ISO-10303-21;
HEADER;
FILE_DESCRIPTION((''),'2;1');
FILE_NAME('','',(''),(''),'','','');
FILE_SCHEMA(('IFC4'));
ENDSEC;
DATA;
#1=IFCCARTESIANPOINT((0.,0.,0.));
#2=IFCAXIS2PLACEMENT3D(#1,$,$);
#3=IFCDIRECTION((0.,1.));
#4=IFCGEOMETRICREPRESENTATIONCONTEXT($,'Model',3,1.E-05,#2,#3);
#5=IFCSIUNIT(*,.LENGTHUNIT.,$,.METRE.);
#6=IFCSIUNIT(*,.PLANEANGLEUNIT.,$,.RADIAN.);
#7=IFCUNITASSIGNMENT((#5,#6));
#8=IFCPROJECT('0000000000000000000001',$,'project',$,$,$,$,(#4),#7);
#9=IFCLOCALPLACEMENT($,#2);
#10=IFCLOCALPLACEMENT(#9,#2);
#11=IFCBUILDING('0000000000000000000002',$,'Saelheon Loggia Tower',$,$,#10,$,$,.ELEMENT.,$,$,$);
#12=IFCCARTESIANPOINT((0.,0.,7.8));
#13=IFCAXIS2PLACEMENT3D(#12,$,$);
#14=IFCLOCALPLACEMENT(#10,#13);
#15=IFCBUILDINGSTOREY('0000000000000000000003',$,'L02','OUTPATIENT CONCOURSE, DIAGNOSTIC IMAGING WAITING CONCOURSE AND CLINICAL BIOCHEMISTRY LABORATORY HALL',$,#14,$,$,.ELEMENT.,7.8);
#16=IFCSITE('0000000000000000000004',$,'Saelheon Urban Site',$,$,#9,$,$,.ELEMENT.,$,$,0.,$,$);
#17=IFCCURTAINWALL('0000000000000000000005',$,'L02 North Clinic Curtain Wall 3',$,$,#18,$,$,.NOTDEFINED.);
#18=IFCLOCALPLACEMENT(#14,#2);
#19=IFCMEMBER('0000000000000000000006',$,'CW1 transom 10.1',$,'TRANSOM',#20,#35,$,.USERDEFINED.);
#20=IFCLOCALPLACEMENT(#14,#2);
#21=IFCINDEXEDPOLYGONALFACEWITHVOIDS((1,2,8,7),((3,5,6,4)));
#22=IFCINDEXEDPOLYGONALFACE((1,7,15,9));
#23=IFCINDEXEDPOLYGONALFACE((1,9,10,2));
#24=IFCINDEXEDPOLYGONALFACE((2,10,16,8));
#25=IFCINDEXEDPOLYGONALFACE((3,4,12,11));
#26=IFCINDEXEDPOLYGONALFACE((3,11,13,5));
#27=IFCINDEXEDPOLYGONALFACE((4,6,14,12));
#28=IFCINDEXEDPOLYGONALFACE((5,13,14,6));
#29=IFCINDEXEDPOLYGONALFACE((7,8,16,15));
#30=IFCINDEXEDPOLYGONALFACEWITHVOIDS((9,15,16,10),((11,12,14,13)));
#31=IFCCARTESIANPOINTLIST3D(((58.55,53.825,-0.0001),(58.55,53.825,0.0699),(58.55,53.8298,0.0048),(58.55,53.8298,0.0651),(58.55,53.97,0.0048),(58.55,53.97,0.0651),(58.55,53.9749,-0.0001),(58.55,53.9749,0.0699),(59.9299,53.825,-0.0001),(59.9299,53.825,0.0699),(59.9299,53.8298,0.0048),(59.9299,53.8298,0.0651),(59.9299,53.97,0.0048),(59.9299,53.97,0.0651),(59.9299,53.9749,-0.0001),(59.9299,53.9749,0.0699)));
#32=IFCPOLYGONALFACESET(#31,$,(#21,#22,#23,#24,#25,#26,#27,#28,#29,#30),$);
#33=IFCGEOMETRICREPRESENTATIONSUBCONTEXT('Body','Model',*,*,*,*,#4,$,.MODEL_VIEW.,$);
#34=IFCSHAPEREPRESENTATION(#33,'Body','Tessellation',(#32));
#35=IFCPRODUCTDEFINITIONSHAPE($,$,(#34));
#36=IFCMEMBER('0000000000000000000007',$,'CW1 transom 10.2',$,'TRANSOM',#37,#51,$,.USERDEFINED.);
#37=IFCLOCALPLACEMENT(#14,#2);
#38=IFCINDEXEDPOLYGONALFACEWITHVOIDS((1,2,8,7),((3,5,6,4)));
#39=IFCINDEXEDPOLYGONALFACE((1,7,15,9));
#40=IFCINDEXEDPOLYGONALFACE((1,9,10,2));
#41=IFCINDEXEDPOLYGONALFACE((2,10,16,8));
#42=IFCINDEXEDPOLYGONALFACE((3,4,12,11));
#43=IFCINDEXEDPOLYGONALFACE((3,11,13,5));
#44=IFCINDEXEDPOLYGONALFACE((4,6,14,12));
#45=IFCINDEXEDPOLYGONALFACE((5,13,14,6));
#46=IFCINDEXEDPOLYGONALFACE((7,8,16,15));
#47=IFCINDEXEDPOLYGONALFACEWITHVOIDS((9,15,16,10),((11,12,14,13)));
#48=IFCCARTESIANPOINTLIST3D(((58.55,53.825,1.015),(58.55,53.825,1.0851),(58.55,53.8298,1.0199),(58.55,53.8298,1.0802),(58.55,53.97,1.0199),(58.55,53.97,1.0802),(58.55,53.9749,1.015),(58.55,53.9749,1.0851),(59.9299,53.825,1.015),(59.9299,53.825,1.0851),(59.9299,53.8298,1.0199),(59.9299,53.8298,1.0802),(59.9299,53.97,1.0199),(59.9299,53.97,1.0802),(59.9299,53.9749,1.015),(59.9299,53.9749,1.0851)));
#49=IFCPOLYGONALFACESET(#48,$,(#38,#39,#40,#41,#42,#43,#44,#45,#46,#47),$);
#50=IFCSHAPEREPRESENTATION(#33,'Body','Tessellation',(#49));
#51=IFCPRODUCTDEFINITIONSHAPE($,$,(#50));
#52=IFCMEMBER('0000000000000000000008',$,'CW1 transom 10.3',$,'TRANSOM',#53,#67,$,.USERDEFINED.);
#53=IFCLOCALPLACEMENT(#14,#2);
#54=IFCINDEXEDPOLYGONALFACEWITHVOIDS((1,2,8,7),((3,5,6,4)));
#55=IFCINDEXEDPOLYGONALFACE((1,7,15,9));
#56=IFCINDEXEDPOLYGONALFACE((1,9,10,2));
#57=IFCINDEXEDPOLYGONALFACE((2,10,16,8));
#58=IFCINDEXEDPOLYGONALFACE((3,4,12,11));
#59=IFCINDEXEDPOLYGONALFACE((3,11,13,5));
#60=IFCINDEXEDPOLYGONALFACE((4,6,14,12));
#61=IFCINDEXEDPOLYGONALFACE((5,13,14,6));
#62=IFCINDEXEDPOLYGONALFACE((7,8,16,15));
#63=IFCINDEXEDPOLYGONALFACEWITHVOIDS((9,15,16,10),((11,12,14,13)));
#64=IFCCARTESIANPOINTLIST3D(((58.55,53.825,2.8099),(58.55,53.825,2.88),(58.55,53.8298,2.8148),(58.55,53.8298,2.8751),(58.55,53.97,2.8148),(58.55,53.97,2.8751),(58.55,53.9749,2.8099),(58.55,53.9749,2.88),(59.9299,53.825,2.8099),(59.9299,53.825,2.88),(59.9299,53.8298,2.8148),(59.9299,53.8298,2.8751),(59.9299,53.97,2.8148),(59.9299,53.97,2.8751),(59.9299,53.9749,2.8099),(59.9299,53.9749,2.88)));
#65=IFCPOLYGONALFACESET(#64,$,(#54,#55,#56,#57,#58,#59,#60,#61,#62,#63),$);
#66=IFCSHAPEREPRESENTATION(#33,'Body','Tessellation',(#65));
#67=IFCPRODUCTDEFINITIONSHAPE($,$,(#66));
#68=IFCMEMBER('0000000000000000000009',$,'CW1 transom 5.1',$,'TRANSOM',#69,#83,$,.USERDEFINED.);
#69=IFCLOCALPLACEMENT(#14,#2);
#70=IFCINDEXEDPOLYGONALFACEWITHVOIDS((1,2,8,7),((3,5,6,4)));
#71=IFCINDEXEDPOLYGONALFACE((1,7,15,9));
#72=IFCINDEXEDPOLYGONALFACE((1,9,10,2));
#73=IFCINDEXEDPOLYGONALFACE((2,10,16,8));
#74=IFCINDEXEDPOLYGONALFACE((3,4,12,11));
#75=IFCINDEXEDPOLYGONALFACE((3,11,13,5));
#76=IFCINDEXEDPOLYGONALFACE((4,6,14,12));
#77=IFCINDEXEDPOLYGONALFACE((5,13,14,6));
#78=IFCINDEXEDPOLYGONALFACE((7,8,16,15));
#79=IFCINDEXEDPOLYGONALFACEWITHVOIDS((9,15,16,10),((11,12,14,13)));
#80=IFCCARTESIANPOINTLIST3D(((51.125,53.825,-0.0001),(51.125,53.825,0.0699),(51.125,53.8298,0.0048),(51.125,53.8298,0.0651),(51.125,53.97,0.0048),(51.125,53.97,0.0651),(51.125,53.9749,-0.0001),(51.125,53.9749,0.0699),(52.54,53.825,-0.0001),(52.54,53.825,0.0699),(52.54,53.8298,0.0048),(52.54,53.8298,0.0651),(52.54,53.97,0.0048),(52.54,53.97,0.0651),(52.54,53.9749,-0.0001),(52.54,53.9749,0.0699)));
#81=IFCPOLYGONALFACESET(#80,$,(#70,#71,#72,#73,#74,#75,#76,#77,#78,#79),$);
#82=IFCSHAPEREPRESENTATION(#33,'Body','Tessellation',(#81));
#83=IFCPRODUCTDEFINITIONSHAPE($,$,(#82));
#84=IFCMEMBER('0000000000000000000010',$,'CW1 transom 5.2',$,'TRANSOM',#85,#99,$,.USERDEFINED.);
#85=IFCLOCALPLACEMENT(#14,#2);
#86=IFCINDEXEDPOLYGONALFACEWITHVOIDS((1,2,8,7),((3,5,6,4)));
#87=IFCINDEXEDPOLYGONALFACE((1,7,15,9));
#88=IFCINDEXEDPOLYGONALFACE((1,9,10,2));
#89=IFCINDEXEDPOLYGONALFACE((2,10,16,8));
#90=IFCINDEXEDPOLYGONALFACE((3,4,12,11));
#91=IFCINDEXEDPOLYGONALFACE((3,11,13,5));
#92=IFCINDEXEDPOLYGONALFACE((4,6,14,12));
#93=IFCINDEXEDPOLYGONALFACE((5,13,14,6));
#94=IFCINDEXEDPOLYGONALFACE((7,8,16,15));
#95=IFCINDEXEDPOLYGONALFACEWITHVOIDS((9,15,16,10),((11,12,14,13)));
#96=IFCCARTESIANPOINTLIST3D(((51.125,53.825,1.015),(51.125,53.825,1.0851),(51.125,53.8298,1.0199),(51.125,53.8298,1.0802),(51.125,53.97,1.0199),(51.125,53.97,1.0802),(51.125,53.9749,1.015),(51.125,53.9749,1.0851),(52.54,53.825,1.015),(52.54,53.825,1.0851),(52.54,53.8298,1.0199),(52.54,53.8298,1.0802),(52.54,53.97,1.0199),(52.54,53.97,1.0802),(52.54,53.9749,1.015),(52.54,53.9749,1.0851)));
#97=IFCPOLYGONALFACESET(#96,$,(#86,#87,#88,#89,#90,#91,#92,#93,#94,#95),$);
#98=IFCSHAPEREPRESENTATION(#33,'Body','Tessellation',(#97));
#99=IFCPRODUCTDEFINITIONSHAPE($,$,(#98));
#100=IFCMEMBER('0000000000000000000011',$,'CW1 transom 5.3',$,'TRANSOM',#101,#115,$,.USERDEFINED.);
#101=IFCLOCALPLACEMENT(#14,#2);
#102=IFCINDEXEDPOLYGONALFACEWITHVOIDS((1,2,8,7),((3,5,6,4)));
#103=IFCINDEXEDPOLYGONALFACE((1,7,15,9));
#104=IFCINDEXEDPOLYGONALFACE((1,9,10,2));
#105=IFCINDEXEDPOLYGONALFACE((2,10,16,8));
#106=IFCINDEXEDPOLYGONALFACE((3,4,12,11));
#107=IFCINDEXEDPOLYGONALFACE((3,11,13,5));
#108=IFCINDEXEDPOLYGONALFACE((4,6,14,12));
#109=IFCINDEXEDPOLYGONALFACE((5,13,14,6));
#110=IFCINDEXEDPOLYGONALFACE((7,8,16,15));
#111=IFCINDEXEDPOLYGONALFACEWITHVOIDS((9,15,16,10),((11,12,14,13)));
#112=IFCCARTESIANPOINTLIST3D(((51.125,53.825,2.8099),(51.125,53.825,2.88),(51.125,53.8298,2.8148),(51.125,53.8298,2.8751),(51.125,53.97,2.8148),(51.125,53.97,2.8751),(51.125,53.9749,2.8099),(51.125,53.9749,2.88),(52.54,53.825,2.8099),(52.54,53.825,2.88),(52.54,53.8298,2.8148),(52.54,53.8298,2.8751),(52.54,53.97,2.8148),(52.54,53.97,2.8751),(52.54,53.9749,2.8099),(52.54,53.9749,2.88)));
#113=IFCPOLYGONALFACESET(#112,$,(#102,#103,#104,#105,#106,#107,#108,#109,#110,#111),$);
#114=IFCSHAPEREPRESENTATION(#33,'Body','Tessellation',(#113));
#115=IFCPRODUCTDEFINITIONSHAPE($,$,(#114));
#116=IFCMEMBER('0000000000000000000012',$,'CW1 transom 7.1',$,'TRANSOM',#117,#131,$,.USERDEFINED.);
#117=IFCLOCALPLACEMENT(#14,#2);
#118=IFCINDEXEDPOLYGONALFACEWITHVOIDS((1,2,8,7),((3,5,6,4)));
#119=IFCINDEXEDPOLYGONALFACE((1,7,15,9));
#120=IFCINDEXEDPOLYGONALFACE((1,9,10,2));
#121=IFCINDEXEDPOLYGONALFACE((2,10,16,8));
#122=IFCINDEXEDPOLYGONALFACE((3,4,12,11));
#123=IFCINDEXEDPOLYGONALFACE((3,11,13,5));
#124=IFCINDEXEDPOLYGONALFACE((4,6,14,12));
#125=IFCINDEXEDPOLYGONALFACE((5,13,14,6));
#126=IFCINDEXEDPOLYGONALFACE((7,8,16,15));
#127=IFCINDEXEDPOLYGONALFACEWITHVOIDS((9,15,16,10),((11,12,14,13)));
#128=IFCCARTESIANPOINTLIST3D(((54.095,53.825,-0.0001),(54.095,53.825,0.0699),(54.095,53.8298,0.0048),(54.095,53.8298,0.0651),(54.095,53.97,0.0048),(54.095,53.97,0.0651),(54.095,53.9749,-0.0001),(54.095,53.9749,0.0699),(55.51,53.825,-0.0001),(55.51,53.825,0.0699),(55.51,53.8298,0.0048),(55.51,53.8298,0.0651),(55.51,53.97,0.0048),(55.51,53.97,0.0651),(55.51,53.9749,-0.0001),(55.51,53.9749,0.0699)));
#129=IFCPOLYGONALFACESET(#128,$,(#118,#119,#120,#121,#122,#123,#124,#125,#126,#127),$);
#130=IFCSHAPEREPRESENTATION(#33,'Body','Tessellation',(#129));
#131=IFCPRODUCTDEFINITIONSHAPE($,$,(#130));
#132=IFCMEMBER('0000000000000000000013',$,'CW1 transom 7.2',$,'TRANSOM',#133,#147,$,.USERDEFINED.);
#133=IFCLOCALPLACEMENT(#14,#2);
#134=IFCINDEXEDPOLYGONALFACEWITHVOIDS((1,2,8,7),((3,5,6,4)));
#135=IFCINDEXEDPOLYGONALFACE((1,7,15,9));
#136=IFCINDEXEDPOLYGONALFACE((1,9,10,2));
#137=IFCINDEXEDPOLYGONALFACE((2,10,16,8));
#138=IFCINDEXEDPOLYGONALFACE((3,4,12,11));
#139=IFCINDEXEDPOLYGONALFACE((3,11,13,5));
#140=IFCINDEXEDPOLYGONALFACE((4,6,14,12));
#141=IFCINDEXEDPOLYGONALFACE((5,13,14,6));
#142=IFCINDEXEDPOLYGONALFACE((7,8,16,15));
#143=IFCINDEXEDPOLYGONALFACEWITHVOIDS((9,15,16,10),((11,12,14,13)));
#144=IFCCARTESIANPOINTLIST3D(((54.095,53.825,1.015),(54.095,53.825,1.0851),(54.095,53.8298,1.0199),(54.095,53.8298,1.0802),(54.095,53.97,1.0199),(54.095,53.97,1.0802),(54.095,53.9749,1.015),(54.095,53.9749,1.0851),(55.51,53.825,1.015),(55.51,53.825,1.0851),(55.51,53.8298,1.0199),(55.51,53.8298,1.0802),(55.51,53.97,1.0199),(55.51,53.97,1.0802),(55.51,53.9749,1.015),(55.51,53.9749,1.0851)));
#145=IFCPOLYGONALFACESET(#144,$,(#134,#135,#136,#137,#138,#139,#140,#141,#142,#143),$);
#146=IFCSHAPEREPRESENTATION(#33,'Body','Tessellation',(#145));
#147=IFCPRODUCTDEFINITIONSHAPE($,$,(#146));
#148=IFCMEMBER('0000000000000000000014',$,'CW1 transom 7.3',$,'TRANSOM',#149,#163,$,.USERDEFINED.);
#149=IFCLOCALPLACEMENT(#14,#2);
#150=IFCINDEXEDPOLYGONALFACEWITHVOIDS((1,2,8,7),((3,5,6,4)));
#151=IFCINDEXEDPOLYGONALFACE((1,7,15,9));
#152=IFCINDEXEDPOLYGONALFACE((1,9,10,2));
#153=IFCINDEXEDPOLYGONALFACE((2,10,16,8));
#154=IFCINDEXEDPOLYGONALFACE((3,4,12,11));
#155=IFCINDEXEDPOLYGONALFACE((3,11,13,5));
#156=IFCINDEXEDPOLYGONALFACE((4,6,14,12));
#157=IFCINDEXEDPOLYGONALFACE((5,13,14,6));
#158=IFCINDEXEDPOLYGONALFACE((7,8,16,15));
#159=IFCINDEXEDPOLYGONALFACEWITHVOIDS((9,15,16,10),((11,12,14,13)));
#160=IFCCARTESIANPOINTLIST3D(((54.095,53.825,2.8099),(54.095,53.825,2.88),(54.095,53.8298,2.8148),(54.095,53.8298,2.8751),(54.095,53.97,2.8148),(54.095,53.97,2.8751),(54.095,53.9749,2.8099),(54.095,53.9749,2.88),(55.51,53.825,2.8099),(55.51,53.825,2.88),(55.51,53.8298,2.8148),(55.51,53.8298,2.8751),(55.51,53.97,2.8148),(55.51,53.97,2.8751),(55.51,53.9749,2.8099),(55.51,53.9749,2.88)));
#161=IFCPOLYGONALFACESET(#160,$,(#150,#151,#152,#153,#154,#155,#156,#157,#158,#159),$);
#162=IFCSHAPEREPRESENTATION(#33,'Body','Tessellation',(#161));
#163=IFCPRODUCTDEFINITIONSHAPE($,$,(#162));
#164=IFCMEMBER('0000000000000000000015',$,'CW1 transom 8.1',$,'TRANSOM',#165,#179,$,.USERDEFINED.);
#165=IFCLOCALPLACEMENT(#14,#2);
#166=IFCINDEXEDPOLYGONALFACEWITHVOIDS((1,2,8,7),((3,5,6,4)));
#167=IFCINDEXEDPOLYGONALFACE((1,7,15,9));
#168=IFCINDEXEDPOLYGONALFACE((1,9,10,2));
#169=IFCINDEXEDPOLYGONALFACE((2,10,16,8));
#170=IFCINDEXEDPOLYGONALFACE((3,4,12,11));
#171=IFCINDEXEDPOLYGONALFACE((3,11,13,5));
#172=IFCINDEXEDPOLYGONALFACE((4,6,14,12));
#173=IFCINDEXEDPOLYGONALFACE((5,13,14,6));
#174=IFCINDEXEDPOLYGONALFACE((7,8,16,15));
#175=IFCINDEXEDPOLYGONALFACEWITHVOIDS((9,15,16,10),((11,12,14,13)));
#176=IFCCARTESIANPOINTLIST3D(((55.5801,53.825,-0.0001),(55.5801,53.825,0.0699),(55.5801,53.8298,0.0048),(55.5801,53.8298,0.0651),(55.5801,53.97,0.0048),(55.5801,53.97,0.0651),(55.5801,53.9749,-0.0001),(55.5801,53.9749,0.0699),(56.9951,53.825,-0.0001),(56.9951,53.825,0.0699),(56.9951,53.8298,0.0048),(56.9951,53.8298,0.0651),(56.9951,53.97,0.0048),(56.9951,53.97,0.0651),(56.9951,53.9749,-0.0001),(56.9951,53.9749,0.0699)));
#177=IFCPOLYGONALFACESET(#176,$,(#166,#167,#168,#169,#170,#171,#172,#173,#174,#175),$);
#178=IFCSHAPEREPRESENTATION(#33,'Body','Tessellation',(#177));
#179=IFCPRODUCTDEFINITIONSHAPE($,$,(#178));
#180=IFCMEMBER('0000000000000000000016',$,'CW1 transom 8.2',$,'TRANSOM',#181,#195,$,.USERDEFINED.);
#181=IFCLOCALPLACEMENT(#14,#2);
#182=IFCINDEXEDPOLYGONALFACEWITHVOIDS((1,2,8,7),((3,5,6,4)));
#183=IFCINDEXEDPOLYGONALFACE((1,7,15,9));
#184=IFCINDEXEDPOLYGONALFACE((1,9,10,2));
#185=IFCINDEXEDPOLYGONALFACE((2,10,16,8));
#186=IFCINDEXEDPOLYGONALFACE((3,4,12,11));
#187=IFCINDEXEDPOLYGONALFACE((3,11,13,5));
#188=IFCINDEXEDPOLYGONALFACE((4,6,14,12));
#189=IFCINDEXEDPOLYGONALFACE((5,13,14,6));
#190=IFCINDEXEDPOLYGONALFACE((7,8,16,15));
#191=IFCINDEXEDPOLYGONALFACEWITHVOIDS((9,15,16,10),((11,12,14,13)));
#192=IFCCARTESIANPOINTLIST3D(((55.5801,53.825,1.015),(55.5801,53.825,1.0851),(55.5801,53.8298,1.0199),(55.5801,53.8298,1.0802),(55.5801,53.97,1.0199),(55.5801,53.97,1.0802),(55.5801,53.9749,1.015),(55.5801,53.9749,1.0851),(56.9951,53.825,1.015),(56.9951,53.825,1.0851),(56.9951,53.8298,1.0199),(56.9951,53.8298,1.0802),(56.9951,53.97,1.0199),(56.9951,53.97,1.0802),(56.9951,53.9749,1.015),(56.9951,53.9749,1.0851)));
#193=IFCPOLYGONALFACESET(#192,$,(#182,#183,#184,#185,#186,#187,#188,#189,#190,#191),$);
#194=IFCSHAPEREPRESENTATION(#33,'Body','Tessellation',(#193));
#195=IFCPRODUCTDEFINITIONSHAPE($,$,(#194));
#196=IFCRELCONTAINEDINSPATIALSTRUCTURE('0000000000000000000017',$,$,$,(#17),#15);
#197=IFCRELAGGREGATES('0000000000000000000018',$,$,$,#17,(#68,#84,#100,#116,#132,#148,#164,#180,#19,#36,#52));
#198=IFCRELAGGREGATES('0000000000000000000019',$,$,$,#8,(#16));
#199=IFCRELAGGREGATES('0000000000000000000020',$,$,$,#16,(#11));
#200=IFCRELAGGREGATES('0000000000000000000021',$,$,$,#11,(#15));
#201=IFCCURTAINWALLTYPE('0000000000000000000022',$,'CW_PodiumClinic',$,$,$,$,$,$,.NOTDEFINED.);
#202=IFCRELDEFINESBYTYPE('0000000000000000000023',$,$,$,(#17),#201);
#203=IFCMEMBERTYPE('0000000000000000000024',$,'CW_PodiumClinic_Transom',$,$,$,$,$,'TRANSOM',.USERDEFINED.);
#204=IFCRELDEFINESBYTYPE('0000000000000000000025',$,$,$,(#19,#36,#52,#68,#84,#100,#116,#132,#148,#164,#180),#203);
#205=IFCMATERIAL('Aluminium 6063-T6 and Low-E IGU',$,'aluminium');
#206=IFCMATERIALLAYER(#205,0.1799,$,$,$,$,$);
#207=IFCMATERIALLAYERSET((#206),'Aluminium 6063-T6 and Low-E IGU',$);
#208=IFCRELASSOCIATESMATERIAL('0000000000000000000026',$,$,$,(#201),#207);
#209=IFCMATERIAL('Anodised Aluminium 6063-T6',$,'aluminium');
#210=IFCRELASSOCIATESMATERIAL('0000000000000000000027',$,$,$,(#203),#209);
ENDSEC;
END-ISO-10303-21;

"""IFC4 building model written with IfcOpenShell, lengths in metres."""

from ifc_helpers import new_model, si_unit, direction, frame, origin, origin_2d, place, context, subcontext, project, spatial, hollow_rectangle, extrude, source, transform, mapped, material, layer, layer_set, material_profile, profile_set, type_object, element, aggregate, save


model = new_model("IFC4")

# Units and contexts
model_context = context("Model", 3, precision=1e-05, world=origin(), true_north=direction((0.0, 1.0)))
body_context = subcontext(model_context, "Body", "Model", "MODEL_VIEW")
ifc_project = project(units=[si_unit("LENGTHUNIT", "METRE"), si_unit("PLANEANGLEUNIT", "RADIAN")], contexts=[model_context])

# Site, building, storey
site_placement = place(None, origin())
site = spatial("IfcSite", under=ifc_project, at=site_placement, Name="Saelheon Urban Site", CompositionType="ELEMENT", RefElevation=0.0)
building_placement = place(site_placement, origin())
building = spatial("IfcBuilding", under=site, at=building_placement, Name="Saelheon Loggia Tower", CompositionType="ELEMENT")
storey_placement = place(building_placement, frame((0.0, 0.0, 7.8)))
storey = spatial("IfcBuildingStorey", under=building, at=storey_placement, Name="L02", Description="OUTPATIENT CONCOURSE, DIAGNOSTIC IMAGING WAITING CONCOURSE AND CLINICAL BIOCHEMISTRY LABORATORY HALL", CompositionType="ELEMENT", Elevation=7.8)

# Curtain wall, members
ifc_material_1 = material(Name="Aluminium 6063-T6 and Low-E IGU", Category="aluminium")
ifc_layer_1 = layer(ifc_material_1, 0.1799)
ifc_layer_set_1 = layer_set([ifc_layer_1], Name="Aluminium 6063-T6 and Low-E IGU")
curtain_wall_type = type_object("IfcCurtainWallType", Name="CW_PodiumClinic", PredefinedType="NOTDEFINED", material=ifc_layer_set_1)
curtain_wall_placement = place(storey_placement, origin())
curtain_wall = element("IfcCurtainWall", 1, at=curtain_wall_placement, inside=storey, type_object=curtain_wall_type, Name="L02 North Clinic Curtain Wall 3", PredefinedType="NOTDEFINED")
ifc_material_2 = material(Name="Anodised Aluminium 6063-T6", Category="aluminium")
ifc_material_profile_1 = material_profile(ifc_material_2, hollow_rectangle(XDim=0.0701, YDim=0.1499, WallThickness=0.0049, at=origin_2d()), Name="RHS-150x70x5")
ifc_profile_set_1 = profile_set([ifc_material_profile_1], Name="Anodised Aluminium 6063-T6")
member_type_1 = type_object("IfcMemberType", Name="CW_PodiumClinic_Transom", ElementType="TRANSOM", PredefinedType="USERDEFINED", material=ifc_profile_set_1)
shared_shape_1 = source(origin(), body_context, "Body", "SweptSolid", [
    extrude(hollow_rectangle(XDim=0.0701, YDim=0.1499, WallThickness=0.0049, at=origin_2d()), origin(), (0.0, 0.0, 1.0), 1.3799),
])
member_1_placement = place(storey_placement, frame((58.55, 53.8999, 0.0349), z_axis=(1.0, 0.0, 0.0), x_axis=(0.0, 0.0, 1.0)))
member_1 = element("IfcMember", 2, at=member_1_placement, type_object=member_type_1, Name="CW1 transom 10.1", ObjectType="TRANSOM", PredefinedType="USERDEFINED", context=body_context, shape_type="MappedRepresentation", body=[
    mapped(shared_shape_1, transform((0.0, 0.0, 0.0), scale=1.0)),
])
member_2_placement = place(storey_placement, frame((58.55, 53.8999, 1.05), z_axis=(1.0, 0.0, 0.0), x_axis=(0.0, 0.0, 1.0)))
member_2 = element("IfcMember", 3, at=member_2_placement, type_object=member_type_1, Name="CW1 transom 10.2", ObjectType="TRANSOM", PredefinedType="USERDEFINED", context=body_context, shape_type="MappedRepresentation", body=[
    mapped(shared_shape_1, transform((0.0, 0.0, 0.0), scale=1.0)),
])
member_3_placement = place(storey_placement, frame((58.55, 53.8999, 2.845), z_axis=(1.0, 0.0, 0.0), x_axis=(0.0, 0.0, 1.0)))
member_3 = element("IfcMember", 4, at=member_3_placement, type_object=member_type_1, Name="CW1 transom 10.3", ObjectType="TRANSOM", PredefinedType="USERDEFINED", context=body_context, shape_type="MappedRepresentation", body=[
    mapped(shared_shape_1, transform((0.0, 0.0, 0.0), scale=1.0)),
])
shared_shape_2 = source(origin(), body_context, "Body", "SweptSolid", [
    extrude(hollow_rectangle(XDim=0.0701, YDim=0.1499, WallThickness=0.0049, at=origin_2d()), origin(), (0.0, 0.0, 1.0), 1.415),
])
member_4_placement = place(storey_placement, frame((51.125, 53.8999, 0.0349), z_axis=(1.0, 0.0, 0.0), x_axis=(0.0, 0.0, 1.0)))
member_4 = element("IfcMember", 5, at=member_4_placement, type_object=member_type_1, Name="CW1 transom 5.1", ObjectType="TRANSOM", PredefinedType="USERDEFINED", context=body_context, shape_type="MappedRepresentation", body=[
    mapped(shared_shape_2, transform((0.0, 0.0, 0.0), scale=1.0)),
])
member_5_placement = place(storey_placement, frame((51.125, 53.8999, 1.05), z_axis=(1.0, 0.0, 0.0), x_axis=(0.0, 0.0, 1.0)))
member_5 = element("IfcMember", 6, at=member_5_placement, type_object=member_type_1, Name="CW1 transom 5.2", ObjectType="TRANSOM", PredefinedType="USERDEFINED", context=body_context, shape_type="MappedRepresentation", body=[
    mapped(shared_shape_2, transform((0.0, 0.0, 0.0), scale=1.0)),
])
member_6_placement = place(storey_placement, frame((51.125, 53.8999, 2.845), z_axis=(1.0, 0.0, 0.0), x_axis=(0.0, 0.0, 1.0)))
member_6 = element("IfcMember", 7, at=member_6_placement, type_object=member_type_1, Name="CW1 transom 5.3", ObjectType="TRANSOM", PredefinedType="USERDEFINED", context=body_context, shape_type="MappedRepresentation", body=[
    mapped(shared_shape_2, transform((0.0, 0.0, 0.0), scale=1.0)),
])
member_7_placement = place(storey_placement, frame((54.095, 53.8999, 0.0349), z_axis=(1.0, 0.0, 0.0), x_axis=(0.0, 0.0, 1.0)))
member_7 = element("IfcMember", 8, at=member_7_placement, type_object=member_type_1, Name="CW1 transom 7.1", ObjectType="TRANSOM", PredefinedType="USERDEFINED", context=body_context, shape_type="MappedRepresentation", body=[
    mapped(shared_shape_2, transform((0.0, 0.0, 0.0), scale=1.0)),
])
member_8_placement = place(storey_placement, frame((54.095, 53.8999, 1.05), z_axis=(1.0, 0.0, 0.0), x_axis=(0.0, 0.0, 1.0)))
member_8 = element("IfcMember", 9, at=member_8_placement, type_object=member_type_1, Name="CW1 transom 7.2", ObjectType="TRANSOM", PredefinedType="USERDEFINED", context=body_context, shape_type="MappedRepresentation", body=[
    mapped(shared_shape_2, transform((0.0, 0.0, 0.0), scale=1.0)),
])
member_9_placement = place(storey_placement, frame((54.095, 53.8999, 2.845), z_axis=(1.0, 0.0, 0.0), x_axis=(0.0, 0.0, 1.0)))
member_9 = element("IfcMember", 10, at=member_9_placement, type_object=member_type_1, Name="CW1 transom 7.3", ObjectType="TRANSOM", PredefinedType="USERDEFINED", context=body_context, shape_type="MappedRepresentation", body=[
    mapped(shared_shape_2, transform((0.0, 0.0, 0.0), scale=1.0)),
])
member_10_placement = place(storey_placement, frame((55.5801, 53.8999, 0.0349), z_axis=(1.0, 0.0, 0.0), x_axis=(0.0, 0.0, 1.0)))
member_10 = element("IfcMember", 11, at=member_10_placement, type_object=member_type_1, Name="CW1 transom 8.1", ObjectType="TRANSOM", PredefinedType="USERDEFINED", context=body_context, shape_type="MappedRepresentation", body=[
    mapped(shared_shape_2, transform((0.0, 0.0, 0.0), scale=1.0)),
])
member_11_placement = place(storey_placement, frame((55.5801, 53.8999, 1.05), z_axis=(1.0, 0.0, 0.0), x_axis=(0.0, 0.0, 1.0)))
member_11 = element("IfcMember", 12, at=member_11_placement, type_object=member_type_1, Name="CW1 transom 8.2", ObjectType="TRANSOM", PredefinedType="USERDEFINED", context=body_context, shape_type="MappedRepresentation", body=[
    mapped(shared_shape_2, transform((0.0, 0.0, 0.0), scale=1.0)),
])
aggregate(curtain_wall, [member_4, member_5, member_6, member_7, member_8, member_9, member_10, member_11, member_1, member_2, member_3])

save(model, "model.ifc")
